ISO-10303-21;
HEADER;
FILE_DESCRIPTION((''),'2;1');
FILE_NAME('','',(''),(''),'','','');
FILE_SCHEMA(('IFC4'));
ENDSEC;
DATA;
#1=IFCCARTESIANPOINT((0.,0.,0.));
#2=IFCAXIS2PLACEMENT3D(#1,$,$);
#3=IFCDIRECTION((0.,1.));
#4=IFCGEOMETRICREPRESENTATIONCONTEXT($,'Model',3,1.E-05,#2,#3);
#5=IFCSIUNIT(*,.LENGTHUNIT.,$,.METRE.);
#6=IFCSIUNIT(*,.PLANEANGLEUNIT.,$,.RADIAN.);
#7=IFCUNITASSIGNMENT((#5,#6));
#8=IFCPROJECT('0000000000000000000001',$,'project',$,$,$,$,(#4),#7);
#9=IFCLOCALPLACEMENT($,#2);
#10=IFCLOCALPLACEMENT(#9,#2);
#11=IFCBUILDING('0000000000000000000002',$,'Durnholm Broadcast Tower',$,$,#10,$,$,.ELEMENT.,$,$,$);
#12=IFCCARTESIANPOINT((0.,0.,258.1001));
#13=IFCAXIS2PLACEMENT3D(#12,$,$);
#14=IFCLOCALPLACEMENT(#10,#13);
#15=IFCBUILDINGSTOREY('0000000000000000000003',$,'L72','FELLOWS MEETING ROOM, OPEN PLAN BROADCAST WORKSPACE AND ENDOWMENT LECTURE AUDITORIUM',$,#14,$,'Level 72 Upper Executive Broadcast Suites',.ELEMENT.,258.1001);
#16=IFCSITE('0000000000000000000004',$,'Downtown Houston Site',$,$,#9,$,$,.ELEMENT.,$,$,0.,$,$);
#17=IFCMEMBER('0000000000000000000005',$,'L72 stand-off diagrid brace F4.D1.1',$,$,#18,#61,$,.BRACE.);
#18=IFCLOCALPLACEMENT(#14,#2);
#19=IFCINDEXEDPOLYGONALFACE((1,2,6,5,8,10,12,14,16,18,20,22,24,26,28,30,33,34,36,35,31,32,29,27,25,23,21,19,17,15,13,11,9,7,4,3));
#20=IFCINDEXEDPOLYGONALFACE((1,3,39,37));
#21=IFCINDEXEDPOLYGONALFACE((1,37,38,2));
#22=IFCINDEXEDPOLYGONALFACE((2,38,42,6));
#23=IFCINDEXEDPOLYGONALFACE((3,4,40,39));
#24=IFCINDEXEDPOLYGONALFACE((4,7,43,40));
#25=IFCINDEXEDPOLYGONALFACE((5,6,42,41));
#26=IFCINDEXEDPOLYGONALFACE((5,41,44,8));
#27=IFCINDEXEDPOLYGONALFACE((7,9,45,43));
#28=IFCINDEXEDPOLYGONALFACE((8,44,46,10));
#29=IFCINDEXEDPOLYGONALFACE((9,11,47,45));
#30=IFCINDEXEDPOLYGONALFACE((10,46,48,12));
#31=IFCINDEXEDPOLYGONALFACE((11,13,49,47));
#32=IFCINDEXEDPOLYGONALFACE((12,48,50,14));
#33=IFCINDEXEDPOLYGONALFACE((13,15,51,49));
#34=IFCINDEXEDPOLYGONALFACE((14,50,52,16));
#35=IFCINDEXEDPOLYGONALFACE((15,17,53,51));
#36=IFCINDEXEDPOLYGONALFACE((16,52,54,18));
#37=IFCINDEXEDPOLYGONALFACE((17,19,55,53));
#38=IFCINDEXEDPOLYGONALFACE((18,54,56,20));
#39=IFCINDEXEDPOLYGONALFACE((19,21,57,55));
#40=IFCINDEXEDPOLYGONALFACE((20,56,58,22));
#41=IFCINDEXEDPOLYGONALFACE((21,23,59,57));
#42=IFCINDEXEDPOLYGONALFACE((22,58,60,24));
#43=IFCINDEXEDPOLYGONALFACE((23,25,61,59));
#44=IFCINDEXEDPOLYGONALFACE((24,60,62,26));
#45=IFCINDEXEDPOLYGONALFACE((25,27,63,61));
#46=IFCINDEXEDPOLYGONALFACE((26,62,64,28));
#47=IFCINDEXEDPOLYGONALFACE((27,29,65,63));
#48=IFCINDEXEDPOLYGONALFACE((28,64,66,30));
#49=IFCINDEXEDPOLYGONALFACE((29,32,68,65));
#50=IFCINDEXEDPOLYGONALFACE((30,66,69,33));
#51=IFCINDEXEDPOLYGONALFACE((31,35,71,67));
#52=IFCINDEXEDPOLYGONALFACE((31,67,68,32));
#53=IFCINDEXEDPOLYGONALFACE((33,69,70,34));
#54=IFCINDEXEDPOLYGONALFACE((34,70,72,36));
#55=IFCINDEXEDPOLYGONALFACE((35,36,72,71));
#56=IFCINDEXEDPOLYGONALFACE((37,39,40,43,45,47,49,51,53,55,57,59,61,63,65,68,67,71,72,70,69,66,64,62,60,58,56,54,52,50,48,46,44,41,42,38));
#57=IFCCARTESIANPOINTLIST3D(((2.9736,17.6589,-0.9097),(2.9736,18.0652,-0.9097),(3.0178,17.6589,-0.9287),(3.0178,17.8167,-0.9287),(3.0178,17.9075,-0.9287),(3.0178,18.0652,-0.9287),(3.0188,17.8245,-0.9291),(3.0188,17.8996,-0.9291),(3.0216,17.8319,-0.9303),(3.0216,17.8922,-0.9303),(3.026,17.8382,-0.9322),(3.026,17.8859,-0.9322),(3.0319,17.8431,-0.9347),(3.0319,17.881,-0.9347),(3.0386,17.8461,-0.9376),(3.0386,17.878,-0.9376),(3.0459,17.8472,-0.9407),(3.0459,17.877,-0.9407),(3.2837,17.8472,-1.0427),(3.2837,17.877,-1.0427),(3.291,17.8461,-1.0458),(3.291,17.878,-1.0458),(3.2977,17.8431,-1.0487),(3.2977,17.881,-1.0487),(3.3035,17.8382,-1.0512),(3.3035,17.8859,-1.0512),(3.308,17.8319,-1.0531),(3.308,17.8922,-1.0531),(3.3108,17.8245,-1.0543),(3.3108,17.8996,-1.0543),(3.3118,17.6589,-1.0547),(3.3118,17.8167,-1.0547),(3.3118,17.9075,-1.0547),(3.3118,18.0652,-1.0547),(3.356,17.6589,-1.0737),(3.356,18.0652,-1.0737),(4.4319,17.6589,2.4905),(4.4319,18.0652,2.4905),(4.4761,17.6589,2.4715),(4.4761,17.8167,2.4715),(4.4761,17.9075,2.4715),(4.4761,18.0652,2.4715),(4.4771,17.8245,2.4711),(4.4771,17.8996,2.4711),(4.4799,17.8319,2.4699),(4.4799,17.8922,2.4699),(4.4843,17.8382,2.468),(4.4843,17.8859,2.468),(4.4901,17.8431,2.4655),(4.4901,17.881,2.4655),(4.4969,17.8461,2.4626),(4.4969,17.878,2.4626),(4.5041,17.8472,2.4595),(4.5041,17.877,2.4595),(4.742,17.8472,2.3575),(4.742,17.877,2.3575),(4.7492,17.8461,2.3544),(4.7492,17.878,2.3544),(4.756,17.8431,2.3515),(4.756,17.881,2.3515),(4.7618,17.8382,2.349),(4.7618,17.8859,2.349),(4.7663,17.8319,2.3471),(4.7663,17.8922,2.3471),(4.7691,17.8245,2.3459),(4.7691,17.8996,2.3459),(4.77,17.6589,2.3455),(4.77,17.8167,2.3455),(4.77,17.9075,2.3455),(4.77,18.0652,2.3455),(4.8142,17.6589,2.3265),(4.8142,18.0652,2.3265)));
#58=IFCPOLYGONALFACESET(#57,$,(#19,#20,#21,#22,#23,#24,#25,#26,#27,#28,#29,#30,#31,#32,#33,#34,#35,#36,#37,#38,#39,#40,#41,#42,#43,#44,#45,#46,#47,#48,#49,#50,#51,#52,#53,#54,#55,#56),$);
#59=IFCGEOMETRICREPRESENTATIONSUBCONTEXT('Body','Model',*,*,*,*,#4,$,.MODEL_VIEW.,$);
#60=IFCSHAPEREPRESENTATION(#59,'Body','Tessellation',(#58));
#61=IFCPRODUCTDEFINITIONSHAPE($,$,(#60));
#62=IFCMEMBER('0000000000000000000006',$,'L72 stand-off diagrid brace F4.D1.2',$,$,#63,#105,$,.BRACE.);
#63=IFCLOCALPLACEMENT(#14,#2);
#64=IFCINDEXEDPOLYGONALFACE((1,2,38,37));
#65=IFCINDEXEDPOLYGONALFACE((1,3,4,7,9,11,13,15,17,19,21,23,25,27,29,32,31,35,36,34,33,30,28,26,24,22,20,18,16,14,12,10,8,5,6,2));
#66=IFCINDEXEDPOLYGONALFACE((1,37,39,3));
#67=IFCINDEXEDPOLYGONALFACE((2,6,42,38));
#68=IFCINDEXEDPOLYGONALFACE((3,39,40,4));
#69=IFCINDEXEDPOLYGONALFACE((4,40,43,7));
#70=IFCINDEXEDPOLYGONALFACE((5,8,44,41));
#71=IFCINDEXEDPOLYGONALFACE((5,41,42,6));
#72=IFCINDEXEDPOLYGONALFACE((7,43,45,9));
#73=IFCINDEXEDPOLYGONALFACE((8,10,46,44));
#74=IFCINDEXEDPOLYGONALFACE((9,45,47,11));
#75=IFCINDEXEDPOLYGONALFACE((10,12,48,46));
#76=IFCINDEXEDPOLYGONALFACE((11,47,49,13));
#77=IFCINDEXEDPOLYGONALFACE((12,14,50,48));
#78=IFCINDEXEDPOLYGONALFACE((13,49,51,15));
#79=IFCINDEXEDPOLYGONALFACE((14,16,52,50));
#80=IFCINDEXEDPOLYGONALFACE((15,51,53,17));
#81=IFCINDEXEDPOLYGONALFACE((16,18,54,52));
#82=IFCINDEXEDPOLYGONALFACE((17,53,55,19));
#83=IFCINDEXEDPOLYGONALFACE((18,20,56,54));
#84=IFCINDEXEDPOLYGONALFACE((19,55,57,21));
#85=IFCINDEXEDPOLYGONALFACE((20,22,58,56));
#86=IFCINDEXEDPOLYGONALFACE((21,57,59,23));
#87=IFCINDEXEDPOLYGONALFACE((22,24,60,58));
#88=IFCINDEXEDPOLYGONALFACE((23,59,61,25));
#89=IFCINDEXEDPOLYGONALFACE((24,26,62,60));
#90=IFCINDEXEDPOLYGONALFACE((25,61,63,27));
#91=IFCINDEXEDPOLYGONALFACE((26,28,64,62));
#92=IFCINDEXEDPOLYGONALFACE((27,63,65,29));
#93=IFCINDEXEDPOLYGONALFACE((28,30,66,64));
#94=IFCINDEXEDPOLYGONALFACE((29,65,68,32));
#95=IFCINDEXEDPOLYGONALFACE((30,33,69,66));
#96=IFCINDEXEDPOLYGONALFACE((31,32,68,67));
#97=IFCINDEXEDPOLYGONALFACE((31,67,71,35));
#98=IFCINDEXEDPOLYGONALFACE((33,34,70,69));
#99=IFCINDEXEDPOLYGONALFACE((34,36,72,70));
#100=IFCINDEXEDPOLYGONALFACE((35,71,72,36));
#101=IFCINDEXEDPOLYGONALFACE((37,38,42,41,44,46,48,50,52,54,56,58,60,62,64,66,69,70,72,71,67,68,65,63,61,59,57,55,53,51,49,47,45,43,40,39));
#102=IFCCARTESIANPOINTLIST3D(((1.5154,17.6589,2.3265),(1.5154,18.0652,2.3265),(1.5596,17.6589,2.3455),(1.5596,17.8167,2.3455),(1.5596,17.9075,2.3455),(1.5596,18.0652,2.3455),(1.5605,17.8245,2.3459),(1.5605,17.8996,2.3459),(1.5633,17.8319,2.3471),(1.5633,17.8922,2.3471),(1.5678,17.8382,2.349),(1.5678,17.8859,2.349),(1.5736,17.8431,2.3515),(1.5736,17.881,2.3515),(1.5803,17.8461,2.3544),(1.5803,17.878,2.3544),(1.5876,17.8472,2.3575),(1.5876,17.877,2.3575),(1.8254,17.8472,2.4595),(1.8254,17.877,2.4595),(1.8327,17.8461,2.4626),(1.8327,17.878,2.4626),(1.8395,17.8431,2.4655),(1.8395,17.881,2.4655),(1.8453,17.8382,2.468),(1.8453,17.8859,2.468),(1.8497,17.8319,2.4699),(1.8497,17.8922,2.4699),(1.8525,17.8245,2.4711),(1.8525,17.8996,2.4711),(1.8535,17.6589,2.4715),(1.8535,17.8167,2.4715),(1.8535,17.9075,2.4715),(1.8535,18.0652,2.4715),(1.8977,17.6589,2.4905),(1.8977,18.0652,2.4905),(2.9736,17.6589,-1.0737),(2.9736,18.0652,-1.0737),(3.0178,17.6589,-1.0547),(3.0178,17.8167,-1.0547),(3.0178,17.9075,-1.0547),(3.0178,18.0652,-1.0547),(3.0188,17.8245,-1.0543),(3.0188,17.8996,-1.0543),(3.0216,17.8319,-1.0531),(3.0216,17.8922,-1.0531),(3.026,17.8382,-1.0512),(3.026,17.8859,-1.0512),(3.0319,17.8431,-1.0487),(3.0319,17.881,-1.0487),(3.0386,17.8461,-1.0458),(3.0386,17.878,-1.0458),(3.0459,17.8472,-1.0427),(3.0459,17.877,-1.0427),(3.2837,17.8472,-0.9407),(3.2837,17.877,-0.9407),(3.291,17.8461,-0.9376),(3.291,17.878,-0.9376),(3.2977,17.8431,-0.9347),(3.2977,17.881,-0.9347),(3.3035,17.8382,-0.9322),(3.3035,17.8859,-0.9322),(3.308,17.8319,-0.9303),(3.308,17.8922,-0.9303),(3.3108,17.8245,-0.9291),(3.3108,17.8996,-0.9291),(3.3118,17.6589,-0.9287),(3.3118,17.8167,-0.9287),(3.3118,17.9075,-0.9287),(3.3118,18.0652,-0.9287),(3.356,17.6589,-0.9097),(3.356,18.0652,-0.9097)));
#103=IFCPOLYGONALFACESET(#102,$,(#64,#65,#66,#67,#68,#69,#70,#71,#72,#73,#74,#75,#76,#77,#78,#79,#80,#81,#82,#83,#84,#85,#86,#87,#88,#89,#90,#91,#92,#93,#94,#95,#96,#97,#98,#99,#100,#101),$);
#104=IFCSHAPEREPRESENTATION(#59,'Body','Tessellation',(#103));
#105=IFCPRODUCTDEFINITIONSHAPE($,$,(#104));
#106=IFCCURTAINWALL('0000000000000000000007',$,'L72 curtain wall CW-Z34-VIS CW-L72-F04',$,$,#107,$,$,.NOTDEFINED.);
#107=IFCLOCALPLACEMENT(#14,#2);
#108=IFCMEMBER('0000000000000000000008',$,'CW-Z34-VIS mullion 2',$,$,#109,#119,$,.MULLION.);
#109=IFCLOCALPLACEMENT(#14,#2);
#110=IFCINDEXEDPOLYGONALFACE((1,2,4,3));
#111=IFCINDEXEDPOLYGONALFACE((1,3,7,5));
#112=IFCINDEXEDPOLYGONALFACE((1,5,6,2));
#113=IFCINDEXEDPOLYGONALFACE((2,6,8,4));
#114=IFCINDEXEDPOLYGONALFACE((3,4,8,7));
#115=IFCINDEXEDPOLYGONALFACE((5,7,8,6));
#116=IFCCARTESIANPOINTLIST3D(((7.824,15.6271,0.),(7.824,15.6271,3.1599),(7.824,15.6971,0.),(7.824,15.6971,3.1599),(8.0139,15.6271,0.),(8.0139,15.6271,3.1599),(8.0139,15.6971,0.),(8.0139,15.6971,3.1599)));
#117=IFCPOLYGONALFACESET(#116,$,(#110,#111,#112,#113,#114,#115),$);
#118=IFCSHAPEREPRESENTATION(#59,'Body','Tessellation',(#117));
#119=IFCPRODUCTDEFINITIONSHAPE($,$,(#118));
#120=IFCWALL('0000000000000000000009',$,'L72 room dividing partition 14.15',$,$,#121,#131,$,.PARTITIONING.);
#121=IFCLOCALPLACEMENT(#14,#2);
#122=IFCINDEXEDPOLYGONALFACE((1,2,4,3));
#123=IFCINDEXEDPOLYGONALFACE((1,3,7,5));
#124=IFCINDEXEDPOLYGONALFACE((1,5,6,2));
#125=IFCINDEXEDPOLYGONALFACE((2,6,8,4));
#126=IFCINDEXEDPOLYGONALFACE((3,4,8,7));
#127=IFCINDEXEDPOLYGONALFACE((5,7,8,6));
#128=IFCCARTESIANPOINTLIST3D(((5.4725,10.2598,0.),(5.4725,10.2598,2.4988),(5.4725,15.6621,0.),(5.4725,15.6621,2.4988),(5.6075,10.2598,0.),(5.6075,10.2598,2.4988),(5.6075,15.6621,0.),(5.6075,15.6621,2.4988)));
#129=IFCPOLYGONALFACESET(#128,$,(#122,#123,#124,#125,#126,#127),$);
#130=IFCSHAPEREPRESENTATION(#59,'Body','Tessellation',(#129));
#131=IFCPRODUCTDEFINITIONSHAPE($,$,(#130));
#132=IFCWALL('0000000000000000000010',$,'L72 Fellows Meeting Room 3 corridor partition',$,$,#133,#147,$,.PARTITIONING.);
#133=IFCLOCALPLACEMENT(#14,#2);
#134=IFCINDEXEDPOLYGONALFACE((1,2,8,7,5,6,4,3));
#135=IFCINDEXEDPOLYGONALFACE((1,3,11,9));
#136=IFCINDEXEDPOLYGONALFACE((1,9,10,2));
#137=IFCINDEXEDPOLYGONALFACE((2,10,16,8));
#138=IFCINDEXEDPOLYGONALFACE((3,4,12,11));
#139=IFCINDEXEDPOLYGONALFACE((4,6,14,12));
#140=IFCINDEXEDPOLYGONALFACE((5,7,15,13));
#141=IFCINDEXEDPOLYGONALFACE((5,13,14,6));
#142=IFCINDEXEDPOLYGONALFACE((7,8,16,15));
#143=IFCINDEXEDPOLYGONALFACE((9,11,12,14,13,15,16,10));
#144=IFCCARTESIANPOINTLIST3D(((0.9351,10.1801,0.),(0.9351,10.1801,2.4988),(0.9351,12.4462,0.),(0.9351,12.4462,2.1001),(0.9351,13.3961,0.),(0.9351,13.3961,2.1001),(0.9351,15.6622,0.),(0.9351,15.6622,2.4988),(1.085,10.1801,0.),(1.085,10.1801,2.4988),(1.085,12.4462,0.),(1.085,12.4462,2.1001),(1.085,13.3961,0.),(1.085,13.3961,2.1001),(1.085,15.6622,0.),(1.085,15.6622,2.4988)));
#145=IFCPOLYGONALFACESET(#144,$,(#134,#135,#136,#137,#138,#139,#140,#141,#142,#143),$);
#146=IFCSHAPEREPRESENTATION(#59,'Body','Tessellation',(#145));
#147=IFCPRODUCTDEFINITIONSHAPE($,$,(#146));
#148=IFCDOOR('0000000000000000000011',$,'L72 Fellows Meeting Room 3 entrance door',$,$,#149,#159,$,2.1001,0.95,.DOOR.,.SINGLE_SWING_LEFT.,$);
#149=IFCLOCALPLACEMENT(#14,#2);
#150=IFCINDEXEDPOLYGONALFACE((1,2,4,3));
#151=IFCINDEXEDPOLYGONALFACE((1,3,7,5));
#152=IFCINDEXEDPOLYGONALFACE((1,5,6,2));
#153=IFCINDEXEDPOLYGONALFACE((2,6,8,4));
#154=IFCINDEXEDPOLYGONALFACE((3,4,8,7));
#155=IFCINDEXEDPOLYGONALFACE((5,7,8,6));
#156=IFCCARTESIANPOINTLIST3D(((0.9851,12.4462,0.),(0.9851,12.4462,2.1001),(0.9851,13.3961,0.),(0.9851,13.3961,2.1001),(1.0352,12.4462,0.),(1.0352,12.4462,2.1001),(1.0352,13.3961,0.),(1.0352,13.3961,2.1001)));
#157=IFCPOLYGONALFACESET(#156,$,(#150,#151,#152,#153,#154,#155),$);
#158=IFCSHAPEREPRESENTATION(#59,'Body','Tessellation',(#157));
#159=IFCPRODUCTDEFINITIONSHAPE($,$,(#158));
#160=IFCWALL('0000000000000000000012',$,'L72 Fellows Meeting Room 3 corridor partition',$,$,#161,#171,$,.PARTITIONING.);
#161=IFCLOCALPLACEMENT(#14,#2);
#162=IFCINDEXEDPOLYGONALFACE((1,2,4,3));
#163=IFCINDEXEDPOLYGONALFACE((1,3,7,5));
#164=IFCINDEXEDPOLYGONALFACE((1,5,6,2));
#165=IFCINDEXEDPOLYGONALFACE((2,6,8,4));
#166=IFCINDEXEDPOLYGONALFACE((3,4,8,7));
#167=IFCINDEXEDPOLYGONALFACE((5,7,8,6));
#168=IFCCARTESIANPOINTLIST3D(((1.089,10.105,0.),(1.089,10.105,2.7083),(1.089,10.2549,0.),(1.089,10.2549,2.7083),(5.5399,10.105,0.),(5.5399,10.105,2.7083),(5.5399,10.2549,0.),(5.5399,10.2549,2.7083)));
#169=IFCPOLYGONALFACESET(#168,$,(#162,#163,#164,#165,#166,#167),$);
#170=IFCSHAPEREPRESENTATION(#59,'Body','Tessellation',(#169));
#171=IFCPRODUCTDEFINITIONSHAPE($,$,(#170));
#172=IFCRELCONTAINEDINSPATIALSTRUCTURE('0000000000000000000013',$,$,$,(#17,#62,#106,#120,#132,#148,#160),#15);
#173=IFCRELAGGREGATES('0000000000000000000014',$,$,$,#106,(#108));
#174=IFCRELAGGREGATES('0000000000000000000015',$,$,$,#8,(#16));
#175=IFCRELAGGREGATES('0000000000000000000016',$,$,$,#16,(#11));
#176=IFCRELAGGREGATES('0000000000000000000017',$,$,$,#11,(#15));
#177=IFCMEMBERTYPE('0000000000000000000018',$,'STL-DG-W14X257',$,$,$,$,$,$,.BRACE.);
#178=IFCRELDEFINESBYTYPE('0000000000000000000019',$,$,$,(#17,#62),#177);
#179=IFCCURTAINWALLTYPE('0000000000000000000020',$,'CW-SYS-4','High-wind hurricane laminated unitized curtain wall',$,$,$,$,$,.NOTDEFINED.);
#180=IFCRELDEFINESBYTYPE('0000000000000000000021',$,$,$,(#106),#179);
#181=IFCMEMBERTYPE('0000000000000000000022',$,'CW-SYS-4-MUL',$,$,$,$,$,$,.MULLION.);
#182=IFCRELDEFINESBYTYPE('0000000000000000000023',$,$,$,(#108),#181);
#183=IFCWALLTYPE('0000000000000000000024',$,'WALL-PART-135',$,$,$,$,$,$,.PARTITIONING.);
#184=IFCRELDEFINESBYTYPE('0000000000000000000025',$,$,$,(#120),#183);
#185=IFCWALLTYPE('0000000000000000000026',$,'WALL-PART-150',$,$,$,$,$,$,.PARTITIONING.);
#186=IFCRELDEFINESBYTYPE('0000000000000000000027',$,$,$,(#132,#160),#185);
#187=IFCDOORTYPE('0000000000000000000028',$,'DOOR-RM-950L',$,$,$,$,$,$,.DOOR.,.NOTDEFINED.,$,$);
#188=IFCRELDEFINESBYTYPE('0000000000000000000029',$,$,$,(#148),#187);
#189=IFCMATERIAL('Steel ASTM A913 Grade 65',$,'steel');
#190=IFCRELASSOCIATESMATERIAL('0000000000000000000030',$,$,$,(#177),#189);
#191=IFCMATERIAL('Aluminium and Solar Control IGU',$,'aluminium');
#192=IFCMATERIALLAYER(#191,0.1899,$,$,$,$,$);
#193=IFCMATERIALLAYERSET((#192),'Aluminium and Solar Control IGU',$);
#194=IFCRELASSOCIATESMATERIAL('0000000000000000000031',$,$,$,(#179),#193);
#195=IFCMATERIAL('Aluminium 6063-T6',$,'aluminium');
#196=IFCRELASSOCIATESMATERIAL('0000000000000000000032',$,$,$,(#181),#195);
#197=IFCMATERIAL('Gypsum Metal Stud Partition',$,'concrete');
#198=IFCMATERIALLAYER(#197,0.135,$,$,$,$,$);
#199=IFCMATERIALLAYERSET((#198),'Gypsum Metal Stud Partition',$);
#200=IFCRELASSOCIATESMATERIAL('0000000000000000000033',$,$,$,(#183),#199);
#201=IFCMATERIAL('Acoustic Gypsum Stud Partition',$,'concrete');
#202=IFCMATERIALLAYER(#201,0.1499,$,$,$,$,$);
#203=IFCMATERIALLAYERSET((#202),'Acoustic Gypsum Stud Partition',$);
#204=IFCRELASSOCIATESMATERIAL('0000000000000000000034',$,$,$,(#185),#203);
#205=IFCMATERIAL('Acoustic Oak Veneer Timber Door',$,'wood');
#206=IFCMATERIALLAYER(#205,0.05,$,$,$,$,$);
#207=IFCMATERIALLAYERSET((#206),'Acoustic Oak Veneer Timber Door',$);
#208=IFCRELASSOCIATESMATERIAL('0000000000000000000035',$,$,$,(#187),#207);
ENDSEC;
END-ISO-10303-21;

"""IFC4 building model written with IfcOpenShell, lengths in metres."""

from ifc_helpers import new_model, si_unit, direction, frame, frame_2d, origin, origin_2d, place, context, subcontext, project, spatial, rectangle, i_section, extrude, source, transform, mapped, material, layer, layer_set, material_profile, profile_set, type_object, type_shapes, element, fill, aggregate, save


model = new_model("IFC4")

# Units and contexts
model_context = context("Model", 3, precision=1e-05, world=origin(), true_north=direction((0.0, 1.0)))
body_context = subcontext(model_context, "Body", "Model", "MODEL_VIEW")
ifc_project = project(units=[si_unit("LENGTHUNIT", "METRE"), si_unit("PLANEANGLEUNIT", "RADIAN")], contexts=[model_context])

# Site, building, storey
site_placement = place(None, origin())
site = spatial("IfcSite", under=ifc_project, at=site_placement, Name="Downtown Houston Site", CompositionType="ELEMENT", RefElevation=0.0)
building_placement = place(site_placement, origin())
building = spatial("IfcBuilding", under=site, at=building_placement, Name="Durnholm Broadcast Tower", CompositionType="ELEMENT")
storey_placement = place(building_placement, frame((0.0, 0.0, 258.1001)))
storey = spatial("IfcBuildingStorey", under=building, at=storey_placement, Name="L72", Description="FELLOWS MEETING ROOM, OPEN PLAN BROADCAST WORKSPACE AND ENDOWMENT LECTURE AUDITORIUM", LongName="Level 72 Upper Executive Broadcast Suites", CompositionType="ELEMENT", Elevation=258.1001)

# Members
ifc_material_1 = material(Name="Steel ASTM A913 Grade 65", Category="steel")
ifc_material_profile_1 = material_profile(ifc_material_1, i_section(OverallWidth=0.4062, OverallDepth=0.416, WebThickness=0.0298, FlangeThickness=0.0481, FilletRadius=0.0305, at=origin_2d()), Name="W14X257")
ifc_profile_set_1 = profile_set([ifc_material_profile_1], Name="Steel ASTM A913 Grade 65")
member_type_1 = type_object("IfcMemberType", Name="STL-DG-W14X257", PredefinedType="BRACE", material=ifc_profile_set_1)
shared_shape_1 = source(origin(), body_context, "Body", "SweptSolid", [
    extrude(i_section(OverallWidth=0.4062, OverallDepth=0.416, WebThickness=0.0298, FlangeThickness=0.0481, FilletRadius=0.0305, at=origin_2d()), origin(), (0.0, 0.0, 1.0), 3.6997),
])
type_shapes(member_type_1, [shared_shape_1])
for number, where, z_axis, x_axis, name in (
    (1, (3.1648, 17.8621, -0.9917), (0.394158, 0.0, 0.919043), (0.0, 1.0, 0.0), "L72 stand-off diagrid brace F4.D1.1"),
    (2, (3.1648, 17.8621, -0.9917), (-0.394158, 0.0, 0.919043), (0.0, -1.0, 0.0), "L72 stand-off diagrid brace F4.D1.2"),
):
    element("IfcMember", number, at=place(storey_placement, frame(where, z_axis=z_axis, x_axis=x_axis)), inside=storey, type_object=member_type_1, Name=name, PredefinedType="BRACE", context=body_context, shape_type="MappedRepresentation", body=[
        mapped(shared_shape_1, transform((0.0, 0.0, 0.0), x_axis=(1.0, 0.0, 0.0), y_axis=(0.0, 1.0, 0.0), z_axis=(0.0, 0.0, 1.0), scale=1.0)),
    ])

# Curtain wall, member
ifc_material_2 = material(Name="Aluminium and Solar Control IGU", Category="aluminium")
ifc_layer_1 = layer(ifc_material_2, 0.1899)
ifc_layer_set_1 = layer_set([ifc_layer_1], Name="Aluminium and Solar Control IGU")
curtain_wall_type = type_object("IfcCurtainWallType", Name="CW-SYS-4", Description="High-wind hurricane laminated unitized curtain wall", PredefinedType="NOTDEFINED", material=ifc_layer_set_1)
curtain_wall_placement = place(storey_placement, origin())
curtain_wall = element("IfcCurtainWall", 3, at=curtain_wall_placement, inside=storey, type_object=curtain_wall_type, Name="L72 curtain wall CW-Z34-VIS CW-L72-F04", PredefinedType="NOTDEFINED")
ifc_material_3 = material(Name="Aluminium 6063-T6", Category="aluminium")
ifc_material_profile_2 = material_profile(ifc_material_3, rectangle(XDim=0.0701, YDim=0.1899, at=origin_2d()), Name="CWM70X190")
ifc_profile_set_2 = profile_set([ifc_material_profile_2], Name="Aluminium 6063-T6")
member_type_2 = type_object("IfcMemberType", Name="CW-SYS-4-MUL", PredefinedType="MULLION", material=ifc_profile_set_2)
shared_shape_2 = source(origin(), body_context, "Body", "SweptSolid", [
    extrude(rectangle(XDim=0.0701, YDim=0.1899, at=origin_2d()), origin(), (0.0, 0.0, 1.0), 3.1599),
])
type_shapes(member_type_2, [shared_shape_2])
member_placement = place(storey_placement, frame((7.9189, 15.6621, 0.0), z_axis=(0.0, 0.0, 1.0), x_axis=(0.0, 1.0, 0.0)))
member = element("IfcMember", 4, at=member_placement, type_object=member_type_2, Name="CW-Z34-VIS mullion 2", PredefinedType="MULLION", context=body_context, shape_type="MappedRepresentation", body=[
    mapped(shared_shape_2, transform((0.0, 0.0, 0.0), x_axis=(1.0, 0.0, 0.0), y_axis=(0.0, 1.0, 0.0), z_axis=(0.0, 0.0, 1.0), scale=1.0)),
])
aggregate(curtain_wall, [member])

# Wall
ifc_material_4 = material(Name="Gypsum Metal Stud Partition", Category="concrete")
ifc_layer_2 = layer(ifc_material_4, 0.135)
ifc_layer_set_2 = layer_set([ifc_layer_2], Name="Gypsum Metal Stud Partition")
wall_type_1 = type_object("IfcWallType", Name="WALL-PART-135", PredefinedType="PARTITIONING", material=ifc_layer_set_2)
wall_1_placement = place(storey_placement, frame((5.54, 15.6621, 0.0), z_axis=(0.0, 0.0, 1.0), x_axis=(0.0, -1.0, 0.0)))
element("IfcWall", 5, at=wall_1_placement, inside=storey, type_object=wall_type_1, Name="L72 room dividing partition 14.15", PredefinedType="PARTITIONING", context=body_context, shape_type="SweptSolid", body=[
    extrude(rectangle(XDim=5.4023, YDim=0.135, at=frame_2d((2.7012, 0.0))), origin(), (0.0, 0.0, 1.0), 2.4988),
])

# Wall, opening, door
ifc_material_5 = material(Name="Acoustic Gypsum Stud Partition", Category="concrete")
ifc_layer_3 = layer(ifc_material_5, 0.1499)
ifc_layer_set_3 = layer_set([ifc_layer_3], Name="Acoustic Gypsum Stud Partition")
wall_type_2 = type_object("IfcWallType", Name="WALL-PART-150", PredefinedType="PARTITIONING", material=ifc_layer_set_3)
wall_2_placement = place(storey_placement, frame((1.01, 10.1799, 0.0), z_axis=(0.0, 0.0, 1.0), x_axis=(0.0, 1.0, 0.0)))
wall_2 = element("IfcWall", 6, at=wall_2_placement, inside=storey, type_object=wall_type_2, Name="L72 Fellows Meeting Room 3 corridor partition", PredefinedType="PARTITIONING", context=body_context, shape_type="SweptSolid", body=[
    extrude(rectangle(XDim=5.4822, YDim=0.1499, at=frame_2d((2.7412, 0.0))), origin(), (0.0, 0.0, 1.0), 2.4988),
])
opening_placement = place(wall_2_placement, frame((2.2661, 0.0, 0.0)))
opening = element("IfcOpeningElement", 7, at=opening_placement, cuts=wall_2, PredefinedType="OPENING", context=body_context, shape_type="SweptSolid", body=[
    extrude(rectangle(XDim=0.95, YDim=2.1001, at=frame_2d((0.4751, 1.05))), frame((0.0, 0.085, 0.0), z_axis=(0.0, -1.0, 0.0), x_axis=(1.0, 0.0, 0.0)), (0.0, 0.0, 1.0), 0.1699),
])
ifc_material_6 = material(Name="Acoustic Oak Veneer Timber Door", Category="wood")
ifc_layer_4 = layer(ifc_material_6, 0.05)
ifc_layer_set_4 = layer_set([ifc_layer_4], Name="Acoustic Oak Veneer Timber Door")
door_type = type_object("IfcDoorType", Name="DOOR-RM-950L", OperationType="NOTDEFINED", PredefinedType="DOOR", material=ifc_layer_set_4)
shared_shape_3 = source(origin(), body_context, "Body", "SweptSolid", [
    extrude(rectangle(XDim=0.95, YDim=2.1001, at=frame_2d((0.4751, 1.05))), frame((0.0, 0.0249, 0.0), z_axis=(0.0, -1.0, 0.0), x_axis=(1.0, 0.0, 0.0)), (0.0, 0.0, 1.0), 0.05),
])
type_shapes(door_type, [shared_shape_3])
door_placement = place(opening_placement, origin())
door = element("IfcDoor", 8, at=door_placement, inside=storey, type_object=door_type, Name="L72 Fellows Meeting Room 3 entrance door", OperationType="SINGLE_SWING_LEFT", OverallHeight=2.1001, OverallWidth=0.95, PredefinedType="DOOR", context=body_context, shape_type="MappedRepresentation", body=[
    mapped(shared_shape_3, transform((0.0, 0.0, 0.0), x_axis=(1.0, 0.0, 0.0), y_axis=(0.0, 1.0, 0.0), z_axis=(0.0, 0.0, 1.0), scale=1.0)),
])
fill(opening, door)

# Wall
wall_3_placement = place(storey_placement, frame((5.54, 10.1799, 0.0), z_axis=(0.0, 0.0, 1.0), x_axis=(-1.0, 0.0, 0.0)))
element("IfcWall", 9, at=wall_3_placement, inside=storey, type_object=wall_type_2, Name="L72 Fellows Meeting Room 3 corridor partition", PredefinedType="PARTITIONING", context=body_context, shape_type="SweptSolid", body=[
    extrude(rectangle(XDim=4.4509, YDim=0.1499, at=frame_2d((2.2256, 0.0))), origin(), (0.0, 0.0, 1.0), 2.7083),
])

save(model, "model.ifc")
